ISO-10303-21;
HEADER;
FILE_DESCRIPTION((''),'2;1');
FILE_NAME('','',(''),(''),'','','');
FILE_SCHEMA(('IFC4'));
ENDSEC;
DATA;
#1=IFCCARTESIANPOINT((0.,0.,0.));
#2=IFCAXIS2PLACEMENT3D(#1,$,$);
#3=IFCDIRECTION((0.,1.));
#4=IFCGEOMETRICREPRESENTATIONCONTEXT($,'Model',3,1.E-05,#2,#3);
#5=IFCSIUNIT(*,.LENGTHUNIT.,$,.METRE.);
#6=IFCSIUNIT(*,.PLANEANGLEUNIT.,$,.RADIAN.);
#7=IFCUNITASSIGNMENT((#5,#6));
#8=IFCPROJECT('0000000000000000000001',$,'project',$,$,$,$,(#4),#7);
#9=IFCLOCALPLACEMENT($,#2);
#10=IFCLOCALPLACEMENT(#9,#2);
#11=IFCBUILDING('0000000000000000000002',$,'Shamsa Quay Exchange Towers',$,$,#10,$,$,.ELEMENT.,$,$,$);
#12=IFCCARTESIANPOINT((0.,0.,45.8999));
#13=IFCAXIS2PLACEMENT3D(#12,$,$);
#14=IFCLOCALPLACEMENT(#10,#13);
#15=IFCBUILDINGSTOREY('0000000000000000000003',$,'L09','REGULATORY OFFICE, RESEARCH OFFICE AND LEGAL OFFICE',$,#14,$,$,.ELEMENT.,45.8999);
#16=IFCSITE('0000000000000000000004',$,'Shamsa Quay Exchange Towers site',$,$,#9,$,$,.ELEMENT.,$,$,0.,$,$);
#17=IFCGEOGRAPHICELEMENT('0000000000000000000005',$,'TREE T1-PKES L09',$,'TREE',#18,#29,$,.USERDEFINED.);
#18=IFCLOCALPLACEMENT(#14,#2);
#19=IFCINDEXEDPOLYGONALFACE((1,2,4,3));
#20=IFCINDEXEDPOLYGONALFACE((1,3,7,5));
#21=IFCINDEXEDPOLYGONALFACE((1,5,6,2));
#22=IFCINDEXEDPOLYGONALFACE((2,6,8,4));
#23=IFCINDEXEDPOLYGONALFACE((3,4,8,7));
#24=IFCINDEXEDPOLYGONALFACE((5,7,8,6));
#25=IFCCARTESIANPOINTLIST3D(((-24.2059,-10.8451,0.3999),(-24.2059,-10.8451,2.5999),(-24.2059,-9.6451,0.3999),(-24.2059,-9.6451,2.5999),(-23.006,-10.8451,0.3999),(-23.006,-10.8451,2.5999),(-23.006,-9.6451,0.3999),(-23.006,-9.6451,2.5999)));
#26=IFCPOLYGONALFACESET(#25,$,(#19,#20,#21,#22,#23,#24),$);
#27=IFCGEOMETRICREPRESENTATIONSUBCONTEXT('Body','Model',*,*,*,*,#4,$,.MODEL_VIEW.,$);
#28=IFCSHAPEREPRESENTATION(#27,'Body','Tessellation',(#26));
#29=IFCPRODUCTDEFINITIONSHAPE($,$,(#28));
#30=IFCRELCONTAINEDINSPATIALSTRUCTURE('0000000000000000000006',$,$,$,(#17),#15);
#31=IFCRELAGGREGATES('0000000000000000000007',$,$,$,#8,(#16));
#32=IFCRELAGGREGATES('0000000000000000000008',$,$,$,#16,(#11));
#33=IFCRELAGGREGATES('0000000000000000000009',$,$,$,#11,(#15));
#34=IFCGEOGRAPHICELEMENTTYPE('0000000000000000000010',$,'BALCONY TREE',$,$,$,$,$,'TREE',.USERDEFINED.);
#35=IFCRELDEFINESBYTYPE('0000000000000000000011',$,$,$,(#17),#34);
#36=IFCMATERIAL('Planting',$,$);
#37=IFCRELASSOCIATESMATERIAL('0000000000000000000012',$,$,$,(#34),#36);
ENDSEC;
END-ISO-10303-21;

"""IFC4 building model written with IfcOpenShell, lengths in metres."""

from ifc_helpers import new_model, si_unit, direction, frame, origin, origin_2d, place, context, subcontext, project, spatial, rectangle, extrude, material, type_object, element, save


model = new_model("IFC4")

# Units and contexts
model_context = context("Model", 3, precision=1e-05, world=origin(), true_north=direction((0.0, 1.0)))
body_context = subcontext(model_context, "Body", "Model", "MODEL_VIEW")
ifc_project = project(units=[si_unit("LENGTHUNIT", "METRE"), si_unit("PLANEANGLEUNIT", "RADIAN")], contexts=[model_context])

# Site, building, storey
site_placement = place(None, origin())
site = spatial("IfcSite", under=ifc_project, at=site_placement, Name="Shamsa Quay Exchange Towers site", CompositionType="ELEMENT", RefElevation=0.0)
building_placement = place(site_placement, origin())
building = spatial("IfcBuilding", under=site, at=building_placement, Name="Shamsa Quay Exchange Towers", CompositionType="ELEMENT")
storey_placement = place(building_placement, frame((0.0, 0.0, 45.8999)))
storey = spatial("IfcBuildingStorey", under=building, at=storey_placement, Name="L09", Description="REGULATORY OFFICE, RESEARCH OFFICE AND LEGAL OFFICE", CompositionType="ELEMENT", Elevation=45.8999)

# Geographic element
ifc_material_1 = material(Name="Planting")
geographic_element_type = type_object("IfcGeographicElementType", Name="BALCONY TREE", ElementType="TREE", PredefinedType="USERDEFINED", material=ifc_material_1)
geographic_element_placement = place(storey_placement, frame((-23.606, -10.2451, 0.3999)))
element("IfcGeographicElement", 1, at=geographic_element_placement, inside=storey, type_object=geographic_element_type, Name="TREE T1-PKES L09", ObjectType="TREE", PredefinedType="USERDEFINED", context=body_context, shape_type="SweptSolid", body=[
    extrude(rectangle(XDim=1.2, YDim=1.2, at=origin_2d()), origin(), (0.0, 0.0, 1.0), 2.2),
])

save(model, "model.ifc")
